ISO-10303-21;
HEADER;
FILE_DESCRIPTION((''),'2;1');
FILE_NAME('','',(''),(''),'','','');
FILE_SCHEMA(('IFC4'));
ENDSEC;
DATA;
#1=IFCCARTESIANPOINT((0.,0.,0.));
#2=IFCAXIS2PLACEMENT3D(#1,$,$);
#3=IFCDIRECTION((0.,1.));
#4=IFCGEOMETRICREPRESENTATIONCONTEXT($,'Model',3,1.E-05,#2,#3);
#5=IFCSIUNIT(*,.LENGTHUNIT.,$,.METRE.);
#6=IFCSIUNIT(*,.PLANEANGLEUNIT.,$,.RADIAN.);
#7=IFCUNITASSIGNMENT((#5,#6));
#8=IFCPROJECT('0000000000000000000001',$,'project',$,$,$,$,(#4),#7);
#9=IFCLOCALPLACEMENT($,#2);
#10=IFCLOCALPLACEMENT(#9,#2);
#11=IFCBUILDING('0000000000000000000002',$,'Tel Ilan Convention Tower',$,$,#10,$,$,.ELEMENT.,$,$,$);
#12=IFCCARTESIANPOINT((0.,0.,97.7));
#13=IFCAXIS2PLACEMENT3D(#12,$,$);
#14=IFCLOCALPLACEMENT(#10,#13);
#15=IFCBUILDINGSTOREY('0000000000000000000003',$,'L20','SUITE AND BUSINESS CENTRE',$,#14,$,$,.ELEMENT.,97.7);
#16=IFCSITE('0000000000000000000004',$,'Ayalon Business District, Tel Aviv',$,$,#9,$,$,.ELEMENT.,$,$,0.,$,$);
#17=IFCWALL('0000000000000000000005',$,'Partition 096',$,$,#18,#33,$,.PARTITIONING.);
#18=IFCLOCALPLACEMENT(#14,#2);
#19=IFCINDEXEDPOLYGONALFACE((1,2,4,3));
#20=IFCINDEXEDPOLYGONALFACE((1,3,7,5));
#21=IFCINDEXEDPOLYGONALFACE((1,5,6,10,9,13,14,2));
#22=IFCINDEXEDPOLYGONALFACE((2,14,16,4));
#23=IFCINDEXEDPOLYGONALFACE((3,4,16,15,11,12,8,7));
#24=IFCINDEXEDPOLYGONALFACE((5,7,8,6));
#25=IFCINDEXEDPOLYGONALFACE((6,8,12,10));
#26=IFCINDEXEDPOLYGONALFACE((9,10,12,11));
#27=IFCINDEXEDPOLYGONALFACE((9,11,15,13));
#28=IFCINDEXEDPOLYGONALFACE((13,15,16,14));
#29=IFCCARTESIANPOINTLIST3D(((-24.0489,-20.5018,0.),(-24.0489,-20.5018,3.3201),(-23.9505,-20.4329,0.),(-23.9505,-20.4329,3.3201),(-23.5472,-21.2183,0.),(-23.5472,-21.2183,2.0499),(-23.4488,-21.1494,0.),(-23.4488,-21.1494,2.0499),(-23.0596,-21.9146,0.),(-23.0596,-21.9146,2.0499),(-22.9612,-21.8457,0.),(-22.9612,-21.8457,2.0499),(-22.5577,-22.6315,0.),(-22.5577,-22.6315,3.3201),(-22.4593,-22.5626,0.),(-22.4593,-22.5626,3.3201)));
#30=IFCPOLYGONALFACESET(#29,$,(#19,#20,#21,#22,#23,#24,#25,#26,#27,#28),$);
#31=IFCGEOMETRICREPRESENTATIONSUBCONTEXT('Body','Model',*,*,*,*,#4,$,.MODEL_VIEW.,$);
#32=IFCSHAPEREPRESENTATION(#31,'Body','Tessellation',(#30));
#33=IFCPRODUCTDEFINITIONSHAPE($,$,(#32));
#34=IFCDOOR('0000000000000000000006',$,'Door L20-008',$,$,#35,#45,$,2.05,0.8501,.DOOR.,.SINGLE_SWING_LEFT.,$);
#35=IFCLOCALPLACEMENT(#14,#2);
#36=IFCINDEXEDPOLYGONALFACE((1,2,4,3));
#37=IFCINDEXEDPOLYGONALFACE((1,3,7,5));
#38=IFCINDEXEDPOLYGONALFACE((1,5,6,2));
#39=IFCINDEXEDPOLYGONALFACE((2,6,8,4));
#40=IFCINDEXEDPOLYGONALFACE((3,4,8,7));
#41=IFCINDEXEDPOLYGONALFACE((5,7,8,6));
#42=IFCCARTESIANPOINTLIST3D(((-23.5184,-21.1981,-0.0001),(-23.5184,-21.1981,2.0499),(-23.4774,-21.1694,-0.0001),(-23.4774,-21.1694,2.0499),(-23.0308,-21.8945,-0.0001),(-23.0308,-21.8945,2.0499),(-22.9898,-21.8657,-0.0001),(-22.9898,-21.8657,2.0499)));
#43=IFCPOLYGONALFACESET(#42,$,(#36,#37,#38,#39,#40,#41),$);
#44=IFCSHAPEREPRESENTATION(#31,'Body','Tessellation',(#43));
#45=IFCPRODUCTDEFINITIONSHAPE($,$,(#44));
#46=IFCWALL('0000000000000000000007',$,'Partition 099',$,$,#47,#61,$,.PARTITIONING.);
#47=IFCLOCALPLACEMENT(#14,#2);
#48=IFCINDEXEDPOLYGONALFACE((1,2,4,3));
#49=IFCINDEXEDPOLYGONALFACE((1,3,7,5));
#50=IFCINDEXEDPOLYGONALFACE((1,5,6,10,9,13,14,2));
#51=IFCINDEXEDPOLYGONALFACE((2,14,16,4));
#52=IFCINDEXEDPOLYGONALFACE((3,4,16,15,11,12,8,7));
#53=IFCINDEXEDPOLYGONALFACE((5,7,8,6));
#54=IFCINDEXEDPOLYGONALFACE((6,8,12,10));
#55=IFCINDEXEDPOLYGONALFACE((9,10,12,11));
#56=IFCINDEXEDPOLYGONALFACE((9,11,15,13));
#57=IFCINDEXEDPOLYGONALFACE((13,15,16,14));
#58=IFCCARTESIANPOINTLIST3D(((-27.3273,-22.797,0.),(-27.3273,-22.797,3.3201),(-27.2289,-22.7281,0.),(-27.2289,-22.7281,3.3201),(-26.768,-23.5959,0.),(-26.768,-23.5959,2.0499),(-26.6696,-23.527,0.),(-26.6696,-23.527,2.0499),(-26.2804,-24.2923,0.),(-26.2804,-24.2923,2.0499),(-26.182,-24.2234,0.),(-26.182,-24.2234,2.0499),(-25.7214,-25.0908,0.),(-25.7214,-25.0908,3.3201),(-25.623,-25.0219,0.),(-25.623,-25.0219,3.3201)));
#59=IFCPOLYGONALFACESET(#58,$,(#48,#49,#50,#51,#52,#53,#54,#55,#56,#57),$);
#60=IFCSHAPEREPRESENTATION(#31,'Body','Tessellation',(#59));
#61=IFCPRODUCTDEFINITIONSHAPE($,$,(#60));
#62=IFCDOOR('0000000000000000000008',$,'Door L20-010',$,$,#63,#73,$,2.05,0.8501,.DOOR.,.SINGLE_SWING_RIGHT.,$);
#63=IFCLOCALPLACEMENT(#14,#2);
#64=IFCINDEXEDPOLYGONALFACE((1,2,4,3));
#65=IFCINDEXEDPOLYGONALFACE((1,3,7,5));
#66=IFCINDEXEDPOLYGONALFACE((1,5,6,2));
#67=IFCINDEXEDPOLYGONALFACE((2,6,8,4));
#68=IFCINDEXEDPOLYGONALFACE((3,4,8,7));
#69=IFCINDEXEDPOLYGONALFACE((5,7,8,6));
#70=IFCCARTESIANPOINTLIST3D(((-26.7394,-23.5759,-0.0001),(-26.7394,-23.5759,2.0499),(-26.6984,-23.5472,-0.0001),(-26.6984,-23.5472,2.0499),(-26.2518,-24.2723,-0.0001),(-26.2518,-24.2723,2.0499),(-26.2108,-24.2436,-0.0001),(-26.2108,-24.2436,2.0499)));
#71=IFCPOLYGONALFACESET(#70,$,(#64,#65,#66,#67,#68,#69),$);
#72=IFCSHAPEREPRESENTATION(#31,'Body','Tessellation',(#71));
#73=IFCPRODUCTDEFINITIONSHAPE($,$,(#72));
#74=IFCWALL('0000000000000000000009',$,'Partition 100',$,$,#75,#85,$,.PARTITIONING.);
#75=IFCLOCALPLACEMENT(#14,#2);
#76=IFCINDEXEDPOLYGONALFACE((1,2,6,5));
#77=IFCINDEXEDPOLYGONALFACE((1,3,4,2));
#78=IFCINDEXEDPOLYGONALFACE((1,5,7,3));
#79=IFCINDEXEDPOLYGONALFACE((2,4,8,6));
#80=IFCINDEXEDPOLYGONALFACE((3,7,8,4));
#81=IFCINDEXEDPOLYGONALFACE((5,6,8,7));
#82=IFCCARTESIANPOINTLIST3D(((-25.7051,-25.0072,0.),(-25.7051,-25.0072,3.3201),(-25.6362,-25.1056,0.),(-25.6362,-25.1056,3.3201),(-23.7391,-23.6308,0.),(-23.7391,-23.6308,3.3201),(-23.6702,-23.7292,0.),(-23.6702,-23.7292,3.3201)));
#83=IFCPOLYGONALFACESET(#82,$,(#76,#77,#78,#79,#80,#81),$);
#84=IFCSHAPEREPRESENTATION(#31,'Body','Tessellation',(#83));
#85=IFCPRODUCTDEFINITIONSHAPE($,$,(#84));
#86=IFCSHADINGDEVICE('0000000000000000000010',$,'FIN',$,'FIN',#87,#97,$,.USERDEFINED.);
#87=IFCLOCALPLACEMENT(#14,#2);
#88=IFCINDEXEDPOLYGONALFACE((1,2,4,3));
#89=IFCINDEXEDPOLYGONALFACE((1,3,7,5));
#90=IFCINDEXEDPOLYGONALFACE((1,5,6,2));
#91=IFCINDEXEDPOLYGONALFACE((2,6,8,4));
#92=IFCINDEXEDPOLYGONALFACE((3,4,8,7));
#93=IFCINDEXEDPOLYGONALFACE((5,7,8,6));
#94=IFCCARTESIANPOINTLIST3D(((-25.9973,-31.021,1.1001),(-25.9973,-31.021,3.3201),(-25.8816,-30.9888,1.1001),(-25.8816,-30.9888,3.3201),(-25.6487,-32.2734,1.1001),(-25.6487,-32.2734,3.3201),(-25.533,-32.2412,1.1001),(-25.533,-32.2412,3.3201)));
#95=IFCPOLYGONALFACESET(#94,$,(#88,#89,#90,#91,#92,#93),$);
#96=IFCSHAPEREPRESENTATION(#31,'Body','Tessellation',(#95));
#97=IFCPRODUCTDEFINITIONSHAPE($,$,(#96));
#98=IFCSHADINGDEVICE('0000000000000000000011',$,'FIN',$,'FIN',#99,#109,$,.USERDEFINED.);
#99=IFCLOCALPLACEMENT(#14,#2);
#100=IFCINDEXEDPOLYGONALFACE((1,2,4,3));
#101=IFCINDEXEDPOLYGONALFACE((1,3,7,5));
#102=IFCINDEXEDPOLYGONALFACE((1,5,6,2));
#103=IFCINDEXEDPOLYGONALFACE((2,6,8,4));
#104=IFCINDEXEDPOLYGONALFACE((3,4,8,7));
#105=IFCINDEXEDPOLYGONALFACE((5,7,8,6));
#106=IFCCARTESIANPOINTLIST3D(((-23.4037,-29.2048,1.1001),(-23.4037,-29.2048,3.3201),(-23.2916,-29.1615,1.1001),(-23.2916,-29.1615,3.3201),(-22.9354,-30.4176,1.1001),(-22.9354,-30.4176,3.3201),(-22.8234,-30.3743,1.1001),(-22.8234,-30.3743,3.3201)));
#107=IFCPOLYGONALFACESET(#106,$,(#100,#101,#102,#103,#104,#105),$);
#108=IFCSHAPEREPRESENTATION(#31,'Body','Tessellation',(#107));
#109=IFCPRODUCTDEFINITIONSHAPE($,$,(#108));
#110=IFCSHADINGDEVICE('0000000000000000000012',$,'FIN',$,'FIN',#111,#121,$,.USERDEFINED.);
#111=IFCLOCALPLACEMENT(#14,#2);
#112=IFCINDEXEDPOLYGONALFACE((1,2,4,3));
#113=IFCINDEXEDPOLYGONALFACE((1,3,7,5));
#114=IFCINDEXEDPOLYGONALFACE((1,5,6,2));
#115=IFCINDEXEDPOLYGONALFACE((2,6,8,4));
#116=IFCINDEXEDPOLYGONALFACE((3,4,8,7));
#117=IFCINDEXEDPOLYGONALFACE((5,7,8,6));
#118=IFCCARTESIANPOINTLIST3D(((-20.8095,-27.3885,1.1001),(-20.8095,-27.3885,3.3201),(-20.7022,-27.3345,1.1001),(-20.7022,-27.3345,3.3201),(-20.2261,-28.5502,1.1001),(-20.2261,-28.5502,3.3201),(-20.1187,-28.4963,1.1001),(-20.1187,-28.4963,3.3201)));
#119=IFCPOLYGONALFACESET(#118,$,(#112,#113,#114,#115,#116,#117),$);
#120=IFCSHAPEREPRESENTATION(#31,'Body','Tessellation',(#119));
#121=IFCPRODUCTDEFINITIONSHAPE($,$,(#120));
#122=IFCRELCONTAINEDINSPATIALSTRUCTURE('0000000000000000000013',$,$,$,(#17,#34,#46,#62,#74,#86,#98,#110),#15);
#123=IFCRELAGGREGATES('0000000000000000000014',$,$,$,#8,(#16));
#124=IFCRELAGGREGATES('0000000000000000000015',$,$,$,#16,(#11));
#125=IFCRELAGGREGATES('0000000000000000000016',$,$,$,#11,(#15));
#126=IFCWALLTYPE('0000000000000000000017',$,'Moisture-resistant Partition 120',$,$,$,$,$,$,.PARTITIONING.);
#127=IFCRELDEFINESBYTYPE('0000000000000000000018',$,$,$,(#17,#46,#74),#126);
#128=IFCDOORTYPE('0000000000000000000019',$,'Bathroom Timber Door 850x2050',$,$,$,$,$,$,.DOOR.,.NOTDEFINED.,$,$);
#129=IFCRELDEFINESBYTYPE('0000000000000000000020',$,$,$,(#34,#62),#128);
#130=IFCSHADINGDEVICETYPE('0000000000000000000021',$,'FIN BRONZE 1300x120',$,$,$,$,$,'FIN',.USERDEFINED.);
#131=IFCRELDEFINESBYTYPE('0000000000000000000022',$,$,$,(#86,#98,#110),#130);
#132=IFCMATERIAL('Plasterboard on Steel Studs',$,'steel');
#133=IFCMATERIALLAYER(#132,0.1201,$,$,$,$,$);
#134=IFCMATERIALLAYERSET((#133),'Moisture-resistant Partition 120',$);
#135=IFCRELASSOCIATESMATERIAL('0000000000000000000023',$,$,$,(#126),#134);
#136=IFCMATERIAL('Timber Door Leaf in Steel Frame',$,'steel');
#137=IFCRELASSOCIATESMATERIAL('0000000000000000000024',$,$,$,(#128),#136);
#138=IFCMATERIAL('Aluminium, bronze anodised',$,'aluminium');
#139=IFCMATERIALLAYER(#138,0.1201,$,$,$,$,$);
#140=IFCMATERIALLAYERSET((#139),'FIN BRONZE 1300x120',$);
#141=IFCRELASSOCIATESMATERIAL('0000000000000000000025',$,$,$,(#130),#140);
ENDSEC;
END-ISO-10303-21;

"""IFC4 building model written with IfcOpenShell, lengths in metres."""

from ifc_helpers import new_model, si_unit, direction, frame, frame_2d, origin, origin_2d, place, context, subcontext, project, spatial, rectangle, extrude, material, layer, layer_set, type_object, element, fill, save


model = new_model("IFC4")

# Units and contexts
model_context = context("Model", 3, precision=1e-05, world=origin(), true_north=direction((0.0, 1.0)))
body_context = subcontext(model_context, "Body", "Model", "MODEL_VIEW")
ifc_project = project(units=[si_unit("LENGTHUNIT", "METRE"), si_unit("PLANEANGLEUNIT", "RADIAN")], contexts=[model_context])

# Site, building, storey
site_placement = place(None, origin())
site = spatial("IfcSite", under=ifc_project, at=site_placement, Name="Ayalon Business District, Tel Aviv", CompositionType="ELEMENT", RefElevation=0.0)
building_placement = place(site_placement, origin())
building = spatial("IfcBuilding", under=site, at=building_placement, Name="Tel Ilan Convention Tower", CompositionType="ELEMENT")
storey_placement = place(building_placement, frame((0.0, 0.0, 97.7)))
storey = spatial("IfcBuildingStorey", under=building, at=storey_placement, Name="L20", Description="SUITE AND BUSINESS CENTRE", CompositionType="ELEMENT", Elevation=97.7)

# Shared definitions
ifc_material_1 = material(Name="Plasterboard on Steel Studs", Category="steel")
ifc_layer_1 = layer(ifc_material_1, 0.1201)
ifc_layer_set_1 = layer_set([ifc_layer_1], Name="Moisture-resistant Partition 120")
wall_type_1 = type_object("IfcWallType", Name="Moisture-resistant Partition 120", PredefinedType="PARTITIONING", material=ifc_layer_set_1)

# Walls, openings, doors
wall_1_placement = place(storey_placement, frame((-22.5085, -22.5969, 0.0), z_axis=(0.0, 0.0, 1.0), x_axis=(-0.573582, 0.819148, 0.0)))
wall_1 = element("IfcWall", 1, at=wall_1_placement, inside=storey, type_object=wall_type_1, Name="Partition 096", PredefinedType="PARTITIONING", context=body_context, shape_type="SweptSolid", body=[
    extrude(rectangle(XDim=2.5999, YDim=0.1201, at=frame_2d((1.2998, 0.0))), origin(), (0.0, 0.0, 1.0), 3.3201),
])
opening_1_placement = place(wall_1_placement, frame((0.875, 0.0, 0.0)))
opening_1 = element("IfcOpeningElement", 2, at=opening_1_placement, cuts=wall_1, PredefinedType="OPENING", context=body_context, shape_type="SweptSolid", body=[
    extrude(rectangle(XDim=0.8501, YDim=2.05, at=frame_2d((0.425, 1.0249))), frame((0.0, 0.0701, 0.0), z_axis=(0.0, -1.0, 0.0), x_axis=(1.0, 0.0, 0.0)), (0.0, 0.0, 1.0), 0.1401),
])
ifc_material_2 = material(Name="Timber Door Leaf in Steel Frame", Category="steel")
door_type_1 = type_object("IfcDoorType", Name="Bathroom Timber Door 850x2050", OperationType="NOTDEFINED", PredefinedType="DOOR", material=ifc_material_2)
door_1_placement = place(opening_1_placement, origin())
door_1 = element("IfcDoor", 3, at=door_1_placement, inside=storey, type_object=door_type_1, Name="Door L20-008", OperationType="SINGLE_SWING_LEFT", OverallHeight=2.05, OverallWidth=0.8501, PredefinedType="DOOR", context=body_context, shape_type="SweptSolid", body=[
    extrude(rectangle(XDim=0.8501, YDim=2.05, at=frame_2d((0.425, 1.0249))), frame((0.0, 0.0249, 0.0), z_axis=(0.0, -1.0, 0.0), x_axis=(1.0, 0.0, 0.0)), (0.0, 0.0, 1.0), 0.05),
])
fill(opening_1, door_1)
wall_2_placement = place(storey_placement, frame((-27.2781, -22.7627, 0.0), z_axis=(0.0, 0.0, 1.0), x_axis=(0.57355, -0.81917, 0.0)))
wall_2 = element("IfcWall", 4, at=wall_2_placement, inside=storey, type_object=wall_type_1, Name="Partition 099", PredefinedType="PARTITIONING", context=body_context, shape_type="SweptSolid", body=[
    extrude(rectangle(XDim=2.8, YDim=0.1201, at=frame_2d((1.3999, 0.0))), origin(), (0.0, 0.0, 1.0), 3.3201),
])
opening_2_placement = place(wall_2_placement, frame((0.9751, 0.0, 0.0)))
opening_2 = element("IfcOpeningElement", 5, at=opening_2_placement, cuts=wall_2, PredefinedType="OPENING", context=body_context, shape_type="SweptSolid", body=[
    extrude(rectangle(XDim=0.8501, YDim=2.05, at=frame_2d((0.425, 1.0249))), frame((0.0, 0.0701, 0.0), z_axis=(0.0, -1.0, 0.0), x_axis=(1.0, 0.0, 0.0)), (0.0, 0.0, 1.0), 0.1401),
])
door_2_placement = place(opening_2_placement, origin())
door_2 = element("IfcDoor", 6, at=door_2_placement, inside=storey, type_object=door_type_1, Name="Door L20-010", OperationType="SINGLE_SWING_RIGHT", OverallHeight=2.05, OverallWidth=0.8501, PredefinedType="DOOR", context=body_context, shape_type="SweptSolid", body=[
    extrude(rectangle(XDim=0.8501, YDim=2.05, at=frame_2d((0.425, 1.0249))), frame((0.0, 0.0249, 0.0), z_axis=(0.0, -1.0, 0.0), x_axis=(1.0, 0.0, 0.0)), (0.0, 0.0, 1.0), 0.05),
])
fill(opening_2, door_2)

# Wall
wall_3_placement = place(storey_placement, frame((-25.6707, -25.0564, 0.0), z_axis=(0.0, 0.0, 1.0), x_axis=(0.819189, 0.573524, 0.0)))
element("IfcWall", 7, at=wall_3_placement, inside=storey, type_object=wall_type_1, Name="Partition 100", PredefinedType="PARTITIONING", context=body_context, shape_type="SweptSolid", body=[
    extrude(rectangle(XDim=2.3999, YDim=0.1201, at=frame_2d((1.2, 0.0))), origin(), (0.0, 0.0, 1.0), 3.3201),
])

# Shading devices
ifc_material_3 = material(Name="Aluminium, bronze anodised", Category="aluminium")
ifc_layer_2 = layer(ifc_material_3, 0.1201)
ifc_layer_set_2 = layer_set([ifc_layer_2], Name="FIN BRONZE 1300x120")
shading_device_type = type_object("IfcShadingDeviceType", Name="FIN BRONZE 1300x120", ElementType="FIN", PredefinedType="USERDEFINED", material=ifc_layer_set_2)
for number, where, z_axis, x_axis, name in (
    (8, (-25.7651, -31.6311, 1.1001), (0.0, 0.0, 1.0), (0.268173, -0.963371, 0.0), "FIN"),
    (9, (-23.1135, -29.7896, 1.1001), (0.0, 0.0, 1.0), (0.360178, -0.932884, 0.0), "FIN"),
    (10, (-20.4641, -27.9424, 1.1001), (0.0, 0.0, 1.0), (0.448799, -0.893633, 0.0), "FIN"),
):
    element("IfcShadingDevice", number, at=place(storey_placement, frame(where, z_axis=z_axis, x_axis=x_axis)), inside=storey, type_object=shading_device_type, Name=name, ObjectType="FIN", PredefinedType="USERDEFINED", context=body_context, shape_type="SweptSolid", body=[
        extrude(rectangle(XDim=1.3, YDim=0.1201, at=origin_2d()), origin(), (0.0, 0.0, 1.0), 2.22),
    ])

save(model, "model.ifc")
